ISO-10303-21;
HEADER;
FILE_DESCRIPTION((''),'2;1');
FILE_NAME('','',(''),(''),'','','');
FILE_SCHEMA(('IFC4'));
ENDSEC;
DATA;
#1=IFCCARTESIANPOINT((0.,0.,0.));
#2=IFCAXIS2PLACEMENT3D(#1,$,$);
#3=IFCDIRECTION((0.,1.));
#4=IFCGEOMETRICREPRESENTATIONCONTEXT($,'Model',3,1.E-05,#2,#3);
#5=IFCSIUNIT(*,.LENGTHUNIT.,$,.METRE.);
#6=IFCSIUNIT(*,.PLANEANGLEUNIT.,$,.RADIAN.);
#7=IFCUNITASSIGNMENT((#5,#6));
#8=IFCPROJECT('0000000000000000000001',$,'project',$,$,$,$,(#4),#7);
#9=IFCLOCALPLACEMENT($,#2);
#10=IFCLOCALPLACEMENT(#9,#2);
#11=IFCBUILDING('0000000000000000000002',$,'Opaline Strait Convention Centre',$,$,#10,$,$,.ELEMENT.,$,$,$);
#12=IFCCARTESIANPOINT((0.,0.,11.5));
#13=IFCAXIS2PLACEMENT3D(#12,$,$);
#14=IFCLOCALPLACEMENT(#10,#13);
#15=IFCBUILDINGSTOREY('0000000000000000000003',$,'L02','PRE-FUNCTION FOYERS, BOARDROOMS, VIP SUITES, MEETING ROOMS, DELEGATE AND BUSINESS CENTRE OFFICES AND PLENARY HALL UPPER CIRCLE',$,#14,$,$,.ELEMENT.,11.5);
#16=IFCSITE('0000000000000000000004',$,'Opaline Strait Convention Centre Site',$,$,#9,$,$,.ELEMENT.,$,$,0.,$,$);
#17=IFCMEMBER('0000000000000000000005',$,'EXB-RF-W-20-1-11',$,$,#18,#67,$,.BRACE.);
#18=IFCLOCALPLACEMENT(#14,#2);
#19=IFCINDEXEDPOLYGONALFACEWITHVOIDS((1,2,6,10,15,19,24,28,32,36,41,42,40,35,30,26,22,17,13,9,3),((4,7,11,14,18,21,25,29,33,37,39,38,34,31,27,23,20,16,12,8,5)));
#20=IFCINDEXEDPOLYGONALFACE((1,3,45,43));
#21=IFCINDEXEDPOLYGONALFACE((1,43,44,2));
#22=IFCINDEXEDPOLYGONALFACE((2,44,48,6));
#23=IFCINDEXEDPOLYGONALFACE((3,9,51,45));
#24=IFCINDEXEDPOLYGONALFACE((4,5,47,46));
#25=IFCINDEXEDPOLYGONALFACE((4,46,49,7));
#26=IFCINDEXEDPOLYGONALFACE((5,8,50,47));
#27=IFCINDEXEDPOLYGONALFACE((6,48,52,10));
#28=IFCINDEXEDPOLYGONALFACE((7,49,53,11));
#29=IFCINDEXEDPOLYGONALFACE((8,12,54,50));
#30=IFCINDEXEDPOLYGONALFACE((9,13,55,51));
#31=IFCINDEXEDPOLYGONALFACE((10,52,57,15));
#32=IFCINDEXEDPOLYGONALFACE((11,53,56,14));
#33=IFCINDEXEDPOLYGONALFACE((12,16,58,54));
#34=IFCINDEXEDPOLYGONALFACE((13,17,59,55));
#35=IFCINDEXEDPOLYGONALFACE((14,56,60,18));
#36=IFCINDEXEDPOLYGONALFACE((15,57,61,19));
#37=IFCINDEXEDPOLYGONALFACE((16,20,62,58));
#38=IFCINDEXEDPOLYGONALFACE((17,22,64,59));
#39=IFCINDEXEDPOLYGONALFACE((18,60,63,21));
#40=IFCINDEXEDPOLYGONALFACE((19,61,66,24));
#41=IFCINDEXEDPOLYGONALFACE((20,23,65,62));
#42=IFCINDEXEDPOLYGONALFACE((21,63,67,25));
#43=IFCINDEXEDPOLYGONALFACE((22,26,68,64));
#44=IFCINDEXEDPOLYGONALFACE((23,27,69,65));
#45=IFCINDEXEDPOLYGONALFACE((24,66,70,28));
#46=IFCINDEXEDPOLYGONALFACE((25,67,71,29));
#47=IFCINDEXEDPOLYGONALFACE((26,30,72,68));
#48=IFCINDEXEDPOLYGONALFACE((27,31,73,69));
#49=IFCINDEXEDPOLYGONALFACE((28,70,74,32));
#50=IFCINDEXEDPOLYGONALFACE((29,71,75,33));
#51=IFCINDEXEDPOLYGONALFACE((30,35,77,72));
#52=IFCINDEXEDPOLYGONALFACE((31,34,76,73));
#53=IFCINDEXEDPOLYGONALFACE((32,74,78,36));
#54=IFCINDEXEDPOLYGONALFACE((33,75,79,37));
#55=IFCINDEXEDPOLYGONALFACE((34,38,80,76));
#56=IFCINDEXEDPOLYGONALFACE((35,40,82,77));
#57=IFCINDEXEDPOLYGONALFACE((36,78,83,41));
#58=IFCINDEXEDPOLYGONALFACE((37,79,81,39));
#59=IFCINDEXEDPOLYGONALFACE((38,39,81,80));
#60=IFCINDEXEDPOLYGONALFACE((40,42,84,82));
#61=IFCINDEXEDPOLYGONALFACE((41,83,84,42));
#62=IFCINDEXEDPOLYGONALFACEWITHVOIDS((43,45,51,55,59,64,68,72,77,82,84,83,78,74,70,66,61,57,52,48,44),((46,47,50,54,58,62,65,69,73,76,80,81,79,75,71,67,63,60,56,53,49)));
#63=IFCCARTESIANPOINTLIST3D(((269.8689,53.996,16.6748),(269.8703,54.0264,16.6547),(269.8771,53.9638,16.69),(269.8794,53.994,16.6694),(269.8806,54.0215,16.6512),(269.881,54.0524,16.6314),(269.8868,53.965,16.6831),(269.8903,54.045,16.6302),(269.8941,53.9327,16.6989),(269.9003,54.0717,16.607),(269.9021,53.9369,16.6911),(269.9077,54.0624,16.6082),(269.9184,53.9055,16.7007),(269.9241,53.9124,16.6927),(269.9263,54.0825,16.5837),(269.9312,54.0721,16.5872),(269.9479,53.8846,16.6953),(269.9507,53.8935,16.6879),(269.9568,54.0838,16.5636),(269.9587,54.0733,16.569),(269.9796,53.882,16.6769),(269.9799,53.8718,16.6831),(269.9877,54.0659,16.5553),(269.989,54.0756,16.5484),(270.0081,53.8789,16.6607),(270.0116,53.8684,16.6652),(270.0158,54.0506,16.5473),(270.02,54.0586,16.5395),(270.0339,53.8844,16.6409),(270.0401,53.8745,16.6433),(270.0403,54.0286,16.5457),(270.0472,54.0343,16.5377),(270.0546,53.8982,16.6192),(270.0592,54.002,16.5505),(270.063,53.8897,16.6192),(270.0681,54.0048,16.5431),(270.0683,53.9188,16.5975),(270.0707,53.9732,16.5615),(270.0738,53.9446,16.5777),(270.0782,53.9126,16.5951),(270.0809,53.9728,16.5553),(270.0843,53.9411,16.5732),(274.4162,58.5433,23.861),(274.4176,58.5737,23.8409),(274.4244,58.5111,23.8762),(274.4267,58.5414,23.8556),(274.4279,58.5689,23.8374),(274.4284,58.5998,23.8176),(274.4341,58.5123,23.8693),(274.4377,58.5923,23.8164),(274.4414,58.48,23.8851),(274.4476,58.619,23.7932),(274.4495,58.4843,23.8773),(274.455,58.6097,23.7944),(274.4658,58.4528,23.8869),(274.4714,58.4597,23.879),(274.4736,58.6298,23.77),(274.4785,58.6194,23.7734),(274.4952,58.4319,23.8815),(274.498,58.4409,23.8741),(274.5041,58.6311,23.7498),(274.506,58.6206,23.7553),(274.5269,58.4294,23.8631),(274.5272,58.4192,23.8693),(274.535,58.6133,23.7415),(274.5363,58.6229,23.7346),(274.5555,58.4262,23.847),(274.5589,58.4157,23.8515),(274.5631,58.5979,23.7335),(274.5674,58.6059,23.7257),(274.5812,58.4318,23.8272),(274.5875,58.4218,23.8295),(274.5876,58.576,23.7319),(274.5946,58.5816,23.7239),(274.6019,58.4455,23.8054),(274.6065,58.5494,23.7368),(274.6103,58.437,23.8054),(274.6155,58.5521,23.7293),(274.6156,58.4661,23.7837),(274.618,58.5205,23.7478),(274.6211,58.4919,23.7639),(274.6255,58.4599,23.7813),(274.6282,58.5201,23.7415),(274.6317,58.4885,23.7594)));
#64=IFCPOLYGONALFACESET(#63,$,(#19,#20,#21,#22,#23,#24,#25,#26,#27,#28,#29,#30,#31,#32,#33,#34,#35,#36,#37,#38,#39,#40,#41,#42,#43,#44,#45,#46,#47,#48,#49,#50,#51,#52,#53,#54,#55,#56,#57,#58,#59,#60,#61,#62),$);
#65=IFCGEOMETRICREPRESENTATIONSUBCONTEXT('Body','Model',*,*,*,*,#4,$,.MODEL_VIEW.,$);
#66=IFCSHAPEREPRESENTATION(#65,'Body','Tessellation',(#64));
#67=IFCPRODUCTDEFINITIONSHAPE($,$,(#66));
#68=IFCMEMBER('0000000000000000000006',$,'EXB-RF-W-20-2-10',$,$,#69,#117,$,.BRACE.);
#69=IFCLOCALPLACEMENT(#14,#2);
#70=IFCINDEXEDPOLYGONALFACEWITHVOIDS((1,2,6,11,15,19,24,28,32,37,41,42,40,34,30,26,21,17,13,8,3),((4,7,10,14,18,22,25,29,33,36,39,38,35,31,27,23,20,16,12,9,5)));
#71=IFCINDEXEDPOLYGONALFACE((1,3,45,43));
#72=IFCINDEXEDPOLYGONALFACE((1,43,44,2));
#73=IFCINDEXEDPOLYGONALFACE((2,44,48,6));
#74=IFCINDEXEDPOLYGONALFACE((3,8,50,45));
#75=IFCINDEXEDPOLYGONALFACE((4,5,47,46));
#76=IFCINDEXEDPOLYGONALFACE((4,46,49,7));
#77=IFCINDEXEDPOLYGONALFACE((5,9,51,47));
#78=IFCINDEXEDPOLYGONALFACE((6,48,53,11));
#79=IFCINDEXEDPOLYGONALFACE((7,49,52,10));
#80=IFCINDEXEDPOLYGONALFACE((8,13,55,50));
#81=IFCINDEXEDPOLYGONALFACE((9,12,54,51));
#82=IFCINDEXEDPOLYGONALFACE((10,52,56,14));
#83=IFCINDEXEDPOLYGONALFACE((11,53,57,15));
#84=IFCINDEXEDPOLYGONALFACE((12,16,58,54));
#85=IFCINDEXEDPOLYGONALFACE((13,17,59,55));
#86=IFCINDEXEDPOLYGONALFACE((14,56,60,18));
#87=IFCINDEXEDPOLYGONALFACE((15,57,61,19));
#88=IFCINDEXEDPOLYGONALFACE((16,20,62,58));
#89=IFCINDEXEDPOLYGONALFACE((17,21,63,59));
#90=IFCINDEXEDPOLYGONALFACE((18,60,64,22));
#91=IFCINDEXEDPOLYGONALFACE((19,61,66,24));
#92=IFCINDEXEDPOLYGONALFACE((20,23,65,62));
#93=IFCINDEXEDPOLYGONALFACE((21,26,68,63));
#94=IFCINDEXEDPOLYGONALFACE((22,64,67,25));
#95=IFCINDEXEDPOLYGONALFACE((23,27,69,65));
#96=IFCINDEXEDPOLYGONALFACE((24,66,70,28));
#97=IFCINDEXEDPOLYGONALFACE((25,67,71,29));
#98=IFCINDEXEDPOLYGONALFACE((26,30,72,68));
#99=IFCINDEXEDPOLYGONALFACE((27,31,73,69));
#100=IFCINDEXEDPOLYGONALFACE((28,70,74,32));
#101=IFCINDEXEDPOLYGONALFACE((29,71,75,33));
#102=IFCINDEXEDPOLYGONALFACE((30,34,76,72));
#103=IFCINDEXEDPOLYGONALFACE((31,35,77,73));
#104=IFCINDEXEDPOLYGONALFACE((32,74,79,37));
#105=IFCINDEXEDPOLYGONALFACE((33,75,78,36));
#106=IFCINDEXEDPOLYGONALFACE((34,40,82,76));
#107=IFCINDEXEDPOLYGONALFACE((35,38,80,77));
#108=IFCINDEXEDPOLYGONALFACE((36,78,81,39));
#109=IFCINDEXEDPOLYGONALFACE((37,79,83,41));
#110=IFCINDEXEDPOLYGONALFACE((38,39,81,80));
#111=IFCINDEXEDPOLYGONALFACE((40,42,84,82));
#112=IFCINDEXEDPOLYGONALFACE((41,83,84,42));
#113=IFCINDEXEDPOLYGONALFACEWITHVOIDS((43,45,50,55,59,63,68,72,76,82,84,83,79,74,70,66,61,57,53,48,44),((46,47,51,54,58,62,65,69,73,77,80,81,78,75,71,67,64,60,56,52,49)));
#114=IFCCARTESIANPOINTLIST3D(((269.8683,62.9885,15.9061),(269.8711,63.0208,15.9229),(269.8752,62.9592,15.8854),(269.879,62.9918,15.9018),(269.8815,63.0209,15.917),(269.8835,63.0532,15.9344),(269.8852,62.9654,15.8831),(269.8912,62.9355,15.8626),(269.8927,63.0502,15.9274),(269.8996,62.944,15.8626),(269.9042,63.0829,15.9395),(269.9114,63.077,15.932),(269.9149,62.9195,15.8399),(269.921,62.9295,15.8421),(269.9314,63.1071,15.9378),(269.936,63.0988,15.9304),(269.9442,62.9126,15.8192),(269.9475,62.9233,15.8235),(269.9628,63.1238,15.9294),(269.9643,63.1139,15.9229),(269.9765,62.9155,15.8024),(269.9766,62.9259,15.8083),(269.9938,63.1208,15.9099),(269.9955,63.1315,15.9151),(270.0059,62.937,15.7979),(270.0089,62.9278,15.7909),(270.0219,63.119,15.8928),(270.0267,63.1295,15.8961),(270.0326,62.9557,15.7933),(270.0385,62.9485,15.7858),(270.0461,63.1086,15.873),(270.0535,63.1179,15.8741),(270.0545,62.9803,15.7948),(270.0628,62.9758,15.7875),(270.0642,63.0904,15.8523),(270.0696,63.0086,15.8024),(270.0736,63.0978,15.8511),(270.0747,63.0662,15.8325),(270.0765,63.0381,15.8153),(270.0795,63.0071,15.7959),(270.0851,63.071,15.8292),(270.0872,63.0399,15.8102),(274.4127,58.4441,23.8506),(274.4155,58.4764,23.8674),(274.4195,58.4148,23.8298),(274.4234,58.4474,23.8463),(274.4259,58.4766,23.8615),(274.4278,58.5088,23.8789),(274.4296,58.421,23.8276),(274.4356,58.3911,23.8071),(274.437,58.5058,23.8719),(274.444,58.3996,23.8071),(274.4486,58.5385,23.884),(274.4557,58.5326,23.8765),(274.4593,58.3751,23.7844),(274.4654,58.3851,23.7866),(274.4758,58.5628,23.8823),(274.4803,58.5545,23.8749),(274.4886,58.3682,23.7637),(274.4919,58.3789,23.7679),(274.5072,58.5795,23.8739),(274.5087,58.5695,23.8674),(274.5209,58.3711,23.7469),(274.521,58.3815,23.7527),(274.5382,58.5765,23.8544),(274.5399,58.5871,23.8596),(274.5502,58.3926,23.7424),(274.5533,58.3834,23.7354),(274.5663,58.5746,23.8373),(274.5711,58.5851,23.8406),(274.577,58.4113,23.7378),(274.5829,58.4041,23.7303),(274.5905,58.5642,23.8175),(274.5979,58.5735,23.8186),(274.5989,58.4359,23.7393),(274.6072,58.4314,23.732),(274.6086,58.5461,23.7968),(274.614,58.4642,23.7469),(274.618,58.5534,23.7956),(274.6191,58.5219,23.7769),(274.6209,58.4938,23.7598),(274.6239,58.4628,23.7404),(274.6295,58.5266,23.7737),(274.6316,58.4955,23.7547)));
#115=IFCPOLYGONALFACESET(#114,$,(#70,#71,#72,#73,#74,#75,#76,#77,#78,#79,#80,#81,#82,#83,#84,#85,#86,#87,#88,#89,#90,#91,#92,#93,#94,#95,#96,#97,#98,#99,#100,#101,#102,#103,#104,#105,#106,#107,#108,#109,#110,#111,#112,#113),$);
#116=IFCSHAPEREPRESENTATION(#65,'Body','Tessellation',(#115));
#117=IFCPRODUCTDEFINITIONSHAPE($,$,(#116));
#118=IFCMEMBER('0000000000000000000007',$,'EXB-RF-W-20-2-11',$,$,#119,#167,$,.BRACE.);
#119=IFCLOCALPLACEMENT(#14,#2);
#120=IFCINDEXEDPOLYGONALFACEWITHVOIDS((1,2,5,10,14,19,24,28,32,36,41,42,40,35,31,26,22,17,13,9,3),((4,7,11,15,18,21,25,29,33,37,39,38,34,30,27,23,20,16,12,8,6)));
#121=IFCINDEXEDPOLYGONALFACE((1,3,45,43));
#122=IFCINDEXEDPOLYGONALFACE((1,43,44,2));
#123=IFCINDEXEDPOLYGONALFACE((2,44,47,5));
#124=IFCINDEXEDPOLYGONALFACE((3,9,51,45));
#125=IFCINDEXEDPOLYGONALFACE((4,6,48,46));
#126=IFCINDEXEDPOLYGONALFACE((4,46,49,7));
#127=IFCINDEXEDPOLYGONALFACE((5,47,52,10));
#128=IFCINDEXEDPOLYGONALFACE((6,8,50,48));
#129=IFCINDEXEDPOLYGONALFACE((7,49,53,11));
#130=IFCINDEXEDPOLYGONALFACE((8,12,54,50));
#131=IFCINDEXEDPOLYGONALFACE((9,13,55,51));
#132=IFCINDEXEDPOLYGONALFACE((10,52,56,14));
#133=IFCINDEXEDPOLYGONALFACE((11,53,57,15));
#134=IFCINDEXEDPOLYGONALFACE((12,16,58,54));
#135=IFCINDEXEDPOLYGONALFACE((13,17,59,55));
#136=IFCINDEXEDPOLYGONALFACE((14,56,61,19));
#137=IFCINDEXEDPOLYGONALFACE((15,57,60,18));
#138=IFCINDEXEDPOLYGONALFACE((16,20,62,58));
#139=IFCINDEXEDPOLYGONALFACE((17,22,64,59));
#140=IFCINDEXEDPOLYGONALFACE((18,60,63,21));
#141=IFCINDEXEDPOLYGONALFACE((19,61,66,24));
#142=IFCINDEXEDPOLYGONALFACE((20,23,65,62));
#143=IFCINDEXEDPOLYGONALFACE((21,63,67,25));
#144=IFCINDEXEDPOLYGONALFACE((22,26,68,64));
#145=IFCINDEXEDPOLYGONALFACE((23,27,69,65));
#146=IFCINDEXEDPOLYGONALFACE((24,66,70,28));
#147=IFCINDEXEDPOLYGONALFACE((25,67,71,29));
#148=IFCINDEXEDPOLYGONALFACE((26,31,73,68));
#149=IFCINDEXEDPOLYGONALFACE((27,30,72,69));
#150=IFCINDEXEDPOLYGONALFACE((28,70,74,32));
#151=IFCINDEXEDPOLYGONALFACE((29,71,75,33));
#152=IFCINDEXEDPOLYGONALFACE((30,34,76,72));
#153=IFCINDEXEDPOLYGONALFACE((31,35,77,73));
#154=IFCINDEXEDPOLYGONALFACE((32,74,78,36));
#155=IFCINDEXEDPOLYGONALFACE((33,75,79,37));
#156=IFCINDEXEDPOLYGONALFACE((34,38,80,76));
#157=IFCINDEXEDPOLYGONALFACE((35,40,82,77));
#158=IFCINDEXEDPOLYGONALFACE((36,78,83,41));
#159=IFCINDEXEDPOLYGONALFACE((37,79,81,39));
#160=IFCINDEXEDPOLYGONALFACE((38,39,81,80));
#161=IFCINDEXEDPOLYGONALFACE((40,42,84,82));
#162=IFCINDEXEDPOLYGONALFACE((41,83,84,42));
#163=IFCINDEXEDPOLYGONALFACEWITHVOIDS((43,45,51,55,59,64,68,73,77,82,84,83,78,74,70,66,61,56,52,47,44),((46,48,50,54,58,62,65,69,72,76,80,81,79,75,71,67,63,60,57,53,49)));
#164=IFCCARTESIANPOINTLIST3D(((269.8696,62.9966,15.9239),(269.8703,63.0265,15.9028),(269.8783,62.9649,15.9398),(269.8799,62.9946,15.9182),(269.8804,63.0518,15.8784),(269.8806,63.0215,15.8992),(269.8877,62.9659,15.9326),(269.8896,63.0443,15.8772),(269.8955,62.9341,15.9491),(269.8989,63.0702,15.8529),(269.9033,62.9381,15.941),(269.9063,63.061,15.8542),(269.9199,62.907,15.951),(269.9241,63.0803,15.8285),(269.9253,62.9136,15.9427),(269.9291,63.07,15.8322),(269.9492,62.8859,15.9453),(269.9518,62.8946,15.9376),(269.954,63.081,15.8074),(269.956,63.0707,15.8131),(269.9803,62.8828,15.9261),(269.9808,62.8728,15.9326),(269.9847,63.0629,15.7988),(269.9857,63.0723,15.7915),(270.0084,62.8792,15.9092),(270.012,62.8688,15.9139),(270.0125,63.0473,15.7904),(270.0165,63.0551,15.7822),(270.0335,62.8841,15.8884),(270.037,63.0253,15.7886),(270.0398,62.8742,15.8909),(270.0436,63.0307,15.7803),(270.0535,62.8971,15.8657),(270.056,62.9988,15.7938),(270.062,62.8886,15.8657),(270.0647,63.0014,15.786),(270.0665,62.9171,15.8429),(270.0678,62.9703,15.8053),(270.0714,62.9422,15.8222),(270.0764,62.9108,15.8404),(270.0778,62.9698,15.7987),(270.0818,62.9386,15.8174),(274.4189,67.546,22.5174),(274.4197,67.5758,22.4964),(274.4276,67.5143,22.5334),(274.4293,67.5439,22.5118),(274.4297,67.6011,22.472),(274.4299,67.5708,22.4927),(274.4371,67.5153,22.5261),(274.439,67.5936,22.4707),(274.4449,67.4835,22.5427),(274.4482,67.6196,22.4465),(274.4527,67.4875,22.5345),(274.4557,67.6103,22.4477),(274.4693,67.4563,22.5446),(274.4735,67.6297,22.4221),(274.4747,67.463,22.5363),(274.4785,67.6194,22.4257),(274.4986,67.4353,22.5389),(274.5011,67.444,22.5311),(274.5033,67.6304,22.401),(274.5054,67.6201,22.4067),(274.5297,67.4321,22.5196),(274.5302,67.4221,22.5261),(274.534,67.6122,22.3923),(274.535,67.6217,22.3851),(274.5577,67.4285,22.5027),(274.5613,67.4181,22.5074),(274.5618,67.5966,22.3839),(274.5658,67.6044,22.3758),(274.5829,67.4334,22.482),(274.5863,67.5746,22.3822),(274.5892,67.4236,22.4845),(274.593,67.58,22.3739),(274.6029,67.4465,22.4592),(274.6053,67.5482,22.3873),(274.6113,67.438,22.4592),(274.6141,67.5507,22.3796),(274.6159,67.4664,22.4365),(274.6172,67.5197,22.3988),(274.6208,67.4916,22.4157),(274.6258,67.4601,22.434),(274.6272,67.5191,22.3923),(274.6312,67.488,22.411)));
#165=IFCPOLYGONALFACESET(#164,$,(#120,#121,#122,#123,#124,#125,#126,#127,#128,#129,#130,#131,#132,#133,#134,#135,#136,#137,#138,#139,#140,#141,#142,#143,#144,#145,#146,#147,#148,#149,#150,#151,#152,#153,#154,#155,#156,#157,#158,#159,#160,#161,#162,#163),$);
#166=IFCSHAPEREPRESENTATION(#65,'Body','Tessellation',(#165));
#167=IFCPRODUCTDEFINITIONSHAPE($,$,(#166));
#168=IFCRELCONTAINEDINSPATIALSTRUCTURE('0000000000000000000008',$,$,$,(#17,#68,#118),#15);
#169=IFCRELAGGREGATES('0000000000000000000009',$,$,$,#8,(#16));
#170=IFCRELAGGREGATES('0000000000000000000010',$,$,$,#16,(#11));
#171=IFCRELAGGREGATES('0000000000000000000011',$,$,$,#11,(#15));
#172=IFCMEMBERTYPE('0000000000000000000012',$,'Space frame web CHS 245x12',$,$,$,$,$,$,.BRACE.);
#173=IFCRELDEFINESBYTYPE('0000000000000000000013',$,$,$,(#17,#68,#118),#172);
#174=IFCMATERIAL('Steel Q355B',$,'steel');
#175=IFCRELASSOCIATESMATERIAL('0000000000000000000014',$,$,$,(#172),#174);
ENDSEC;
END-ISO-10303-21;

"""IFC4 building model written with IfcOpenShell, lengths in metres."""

from ifc_helpers import new_model, si_unit, direction, frame, origin, origin_2d, place, context, subcontext, project, spatial, hollow_circle, extrude, material, material_profile, profile_set, type_object, element, save


model = new_model("IFC4")

# Units and contexts
model_context = context("Model", 3, precision=1e-05, world=origin(), true_north=direction((0.0, 1.0)))
body_context = subcontext(model_context, "Body", "Model", "MODEL_VIEW")
ifc_project = project(units=[si_unit("LENGTHUNIT", "METRE"), si_unit("PLANEANGLEUNIT", "RADIAN")], contexts=[model_context])

# Site, building, storey
site_placement = place(None, origin())
site = spatial("IfcSite", under=ifc_project, at=site_placement, Name="Opaline Strait Convention Centre Site", CompositionType="ELEMENT", RefElevation=0.0)
building_placement = place(site_placement, origin())
building = spatial("IfcBuilding", under=site, at=building_placement, Name="Opaline Strait Convention Centre", CompositionType="ELEMENT")
storey_placement = place(building_placement, frame((0.0, 0.0, 11.5)))
storey = spatial("IfcBuildingStorey", under=building, at=storey_placement, Name="L02", Description="PRE-FUNCTION FOYERS, BOARDROOMS, VIP SUITES, MEETING ROOMS, DELEGATE AND BUSINESS CENTRE OFFICES AND PLENARY HALL UPPER CIRCLE", CompositionType="ELEMENT", Elevation=11.5)

# Members
ifc_material_1 = material(Name="Steel Q355B", Category="steel")
ifc_material_profile_1 = material_profile(ifc_material_1, hollow_circle(Radius=0.1226, WallThickness=0.012, at=origin_2d()), Name="CHS 245x12")
ifc_profile_set_1 = profile_set([ifc_material_profile_1], Name="Steel Q355B")
member_type_1 = type_object("IfcMemberType", Name="Space frame web CHS 245x12", PredefinedType="BRACE", material=ifc_profile_set_1)
member_1_placement = place(storey_placement, frame((274.5237, 58.5237, 23.8054), z_axis=(-0.471541, -0.471541, -0.745184), x_axis=(0.707107, -0.707107, 0.0)))
element("IfcMember", 1, at=member_1_placement, inside=storey, type_object=member_type_1, Name="EXB-RF-W-20-1-11", PredefinedType="BRACE", context=body_context, shape_type="SweptSolid", body=[
    extrude(hollow_circle(Radius=0.1226, WallThickness=0.012, at=origin_2d()), origin(), (0.0, 0.0, 1.0), 9.6436),
])
member_2_placement = place(storey_placement, frame((274.5222, 58.4778, 23.8071), z_axis=(-0.444721, 0.444721, -0.777461), x_axis=(-0.707107, -0.707107, 0.0)))
element("IfcMember", 2, at=member_2_placement, inside=storey, type_object=member_type_1, Name="EXB-RF-W-20-2-10", PredefinedType="BRACE", context=body_context, shape_type="SweptSolid", body=[
    extrude(hollow_circle(Radius=0.1226, WallThickness=0.012, at=origin_2d()), origin(), (0.0, 0.0, 1.0), 10.2185),
])
member_3_placement = place(storey_placement, frame((274.5247, 67.5247, 22.4592), z_axis=(-0.493829, -0.493829, -0.715727), x_axis=(0.707107, -0.707107, 0.0)))
element("IfcMember", 3, at=member_3_placement, inside=storey, type_object=member_type_1, Name="EXB-RF-W-20-2-11", PredefinedType="BRACE", context=body_context, shape_type="SweptSolid", body=[
    extrude(hollow_circle(Radius=0.1226, WallThickness=0.012, at=origin_2d()), origin(), (0.0, 0.0, 1.0), 9.2124),
])

save(model, "model.ifc")
